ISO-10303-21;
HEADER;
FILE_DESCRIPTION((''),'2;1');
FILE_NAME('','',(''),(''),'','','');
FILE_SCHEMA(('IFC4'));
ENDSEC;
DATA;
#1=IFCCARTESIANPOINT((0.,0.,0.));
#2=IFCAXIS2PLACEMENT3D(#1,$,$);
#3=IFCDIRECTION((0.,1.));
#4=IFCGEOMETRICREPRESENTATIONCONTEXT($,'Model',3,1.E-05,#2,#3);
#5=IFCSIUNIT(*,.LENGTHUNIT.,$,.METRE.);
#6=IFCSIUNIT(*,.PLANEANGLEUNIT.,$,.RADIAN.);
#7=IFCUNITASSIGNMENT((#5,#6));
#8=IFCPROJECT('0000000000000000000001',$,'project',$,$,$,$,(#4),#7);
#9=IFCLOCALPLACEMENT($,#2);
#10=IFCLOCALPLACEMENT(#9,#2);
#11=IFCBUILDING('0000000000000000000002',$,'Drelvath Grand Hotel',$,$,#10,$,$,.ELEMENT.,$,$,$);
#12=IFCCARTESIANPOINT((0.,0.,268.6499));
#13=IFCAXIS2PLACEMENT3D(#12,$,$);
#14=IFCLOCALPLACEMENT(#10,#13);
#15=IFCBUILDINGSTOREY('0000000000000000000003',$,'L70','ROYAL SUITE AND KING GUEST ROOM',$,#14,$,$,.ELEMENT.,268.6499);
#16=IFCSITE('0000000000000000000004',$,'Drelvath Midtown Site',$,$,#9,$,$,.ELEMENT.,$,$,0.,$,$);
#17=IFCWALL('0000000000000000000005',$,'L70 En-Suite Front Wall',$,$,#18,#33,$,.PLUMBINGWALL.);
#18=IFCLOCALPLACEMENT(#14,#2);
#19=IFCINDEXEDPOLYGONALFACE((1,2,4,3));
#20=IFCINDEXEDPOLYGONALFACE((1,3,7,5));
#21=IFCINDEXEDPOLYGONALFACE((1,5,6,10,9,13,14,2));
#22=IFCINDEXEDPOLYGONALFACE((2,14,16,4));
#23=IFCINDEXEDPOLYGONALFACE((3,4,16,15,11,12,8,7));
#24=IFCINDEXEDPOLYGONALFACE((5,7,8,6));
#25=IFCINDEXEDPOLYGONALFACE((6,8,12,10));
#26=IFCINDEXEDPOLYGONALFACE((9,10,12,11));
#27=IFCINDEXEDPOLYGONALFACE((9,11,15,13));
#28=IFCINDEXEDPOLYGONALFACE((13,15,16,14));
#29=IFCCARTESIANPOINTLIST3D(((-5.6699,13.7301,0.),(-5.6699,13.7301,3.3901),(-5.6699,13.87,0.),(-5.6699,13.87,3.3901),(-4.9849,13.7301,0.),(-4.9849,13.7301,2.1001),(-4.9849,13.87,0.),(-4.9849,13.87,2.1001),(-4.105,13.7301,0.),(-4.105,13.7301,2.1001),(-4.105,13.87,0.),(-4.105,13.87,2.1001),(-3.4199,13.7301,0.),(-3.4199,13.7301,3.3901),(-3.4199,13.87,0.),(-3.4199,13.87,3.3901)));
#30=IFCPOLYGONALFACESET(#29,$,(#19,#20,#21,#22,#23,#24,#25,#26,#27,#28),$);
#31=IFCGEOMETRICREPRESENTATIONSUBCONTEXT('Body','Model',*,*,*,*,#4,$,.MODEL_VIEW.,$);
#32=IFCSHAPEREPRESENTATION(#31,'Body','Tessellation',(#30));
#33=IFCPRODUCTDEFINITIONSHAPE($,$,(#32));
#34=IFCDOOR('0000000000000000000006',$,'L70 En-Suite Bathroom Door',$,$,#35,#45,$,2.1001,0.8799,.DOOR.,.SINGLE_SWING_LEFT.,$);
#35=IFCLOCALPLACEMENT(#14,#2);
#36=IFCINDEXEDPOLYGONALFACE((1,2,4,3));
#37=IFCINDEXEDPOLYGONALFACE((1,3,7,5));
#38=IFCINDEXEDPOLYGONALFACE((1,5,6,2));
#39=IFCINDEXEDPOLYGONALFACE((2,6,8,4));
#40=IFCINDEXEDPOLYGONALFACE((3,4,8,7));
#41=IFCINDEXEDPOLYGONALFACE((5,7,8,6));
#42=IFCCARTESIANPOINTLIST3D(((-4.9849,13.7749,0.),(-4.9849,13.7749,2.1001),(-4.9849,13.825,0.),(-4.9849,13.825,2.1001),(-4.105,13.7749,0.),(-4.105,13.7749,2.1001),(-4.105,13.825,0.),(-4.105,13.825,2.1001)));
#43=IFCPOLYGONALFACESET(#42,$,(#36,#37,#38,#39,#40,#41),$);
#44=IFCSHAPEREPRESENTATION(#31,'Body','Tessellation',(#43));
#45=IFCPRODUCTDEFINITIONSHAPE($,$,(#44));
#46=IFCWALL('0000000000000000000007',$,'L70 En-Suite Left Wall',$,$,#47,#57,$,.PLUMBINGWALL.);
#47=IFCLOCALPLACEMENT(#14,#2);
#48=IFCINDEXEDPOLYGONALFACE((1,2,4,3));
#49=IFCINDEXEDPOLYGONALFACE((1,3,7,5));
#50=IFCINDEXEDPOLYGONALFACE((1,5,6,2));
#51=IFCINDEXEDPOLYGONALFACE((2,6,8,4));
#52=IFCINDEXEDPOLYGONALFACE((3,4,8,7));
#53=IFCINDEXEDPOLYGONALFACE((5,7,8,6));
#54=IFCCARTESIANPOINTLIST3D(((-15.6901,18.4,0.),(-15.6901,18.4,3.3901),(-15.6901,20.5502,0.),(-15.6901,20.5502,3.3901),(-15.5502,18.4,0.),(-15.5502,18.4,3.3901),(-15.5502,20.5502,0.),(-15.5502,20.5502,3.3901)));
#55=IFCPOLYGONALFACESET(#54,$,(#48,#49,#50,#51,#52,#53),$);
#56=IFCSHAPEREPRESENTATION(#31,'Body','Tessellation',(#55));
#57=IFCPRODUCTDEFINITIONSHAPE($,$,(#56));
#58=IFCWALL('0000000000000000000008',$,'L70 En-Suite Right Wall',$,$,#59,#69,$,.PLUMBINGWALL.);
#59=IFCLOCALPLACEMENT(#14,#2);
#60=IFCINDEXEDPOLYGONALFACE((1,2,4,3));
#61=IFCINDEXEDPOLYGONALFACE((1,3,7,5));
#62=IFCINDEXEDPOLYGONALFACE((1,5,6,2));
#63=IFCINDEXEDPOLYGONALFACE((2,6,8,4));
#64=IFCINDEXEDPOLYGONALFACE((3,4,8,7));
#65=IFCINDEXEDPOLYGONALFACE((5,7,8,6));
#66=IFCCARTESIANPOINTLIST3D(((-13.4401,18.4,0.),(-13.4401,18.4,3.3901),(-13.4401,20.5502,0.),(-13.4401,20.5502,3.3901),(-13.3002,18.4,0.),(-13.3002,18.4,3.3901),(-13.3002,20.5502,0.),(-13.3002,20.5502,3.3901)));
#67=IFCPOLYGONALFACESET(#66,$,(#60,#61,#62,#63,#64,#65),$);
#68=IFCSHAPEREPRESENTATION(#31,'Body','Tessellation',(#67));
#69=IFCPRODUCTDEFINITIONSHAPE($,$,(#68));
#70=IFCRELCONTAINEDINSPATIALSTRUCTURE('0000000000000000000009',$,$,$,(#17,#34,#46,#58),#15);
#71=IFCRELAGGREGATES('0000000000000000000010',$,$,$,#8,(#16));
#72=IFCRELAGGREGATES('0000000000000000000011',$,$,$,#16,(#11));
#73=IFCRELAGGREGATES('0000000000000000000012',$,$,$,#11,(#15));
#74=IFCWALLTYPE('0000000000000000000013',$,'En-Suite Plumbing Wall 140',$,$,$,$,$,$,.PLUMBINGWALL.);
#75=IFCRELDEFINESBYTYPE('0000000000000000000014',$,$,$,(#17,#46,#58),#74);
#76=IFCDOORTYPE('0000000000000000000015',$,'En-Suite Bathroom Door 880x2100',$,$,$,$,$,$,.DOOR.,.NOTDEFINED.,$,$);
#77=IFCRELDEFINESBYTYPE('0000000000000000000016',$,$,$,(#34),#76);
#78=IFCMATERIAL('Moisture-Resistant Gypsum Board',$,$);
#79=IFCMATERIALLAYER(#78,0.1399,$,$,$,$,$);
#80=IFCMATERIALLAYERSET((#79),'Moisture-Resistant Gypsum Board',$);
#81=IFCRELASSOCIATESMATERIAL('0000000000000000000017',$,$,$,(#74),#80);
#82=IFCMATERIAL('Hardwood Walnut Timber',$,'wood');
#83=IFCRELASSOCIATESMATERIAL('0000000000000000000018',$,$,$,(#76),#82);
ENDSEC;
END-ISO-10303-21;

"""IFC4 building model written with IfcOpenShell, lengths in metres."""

from ifc_helpers import new_model, si_unit, direction, frame, frame_2d, origin, place, context, subcontext, project, spatial, rectangle, extrude, material, layer, layer_set, type_object, element, fill, save


model = new_model("IFC4")

# Units and contexts
model_context = context("Model", 3, precision=1e-05, world=origin(), true_north=direction((0.0, 1.0)))
body_context = subcontext(model_context, "Body", "Model", "MODEL_VIEW")
ifc_project = project(units=[si_unit("LENGTHUNIT", "METRE"), si_unit("PLANEANGLEUNIT", "RADIAN")], contexts=[model_context])

# Site, building, storey
site_placement = place(None, origin())
site = spatial("IfcSite", under=ifc_project, at=site_placement, Name="Drelvath Midtown Site", CompositionType="ELEMENT", RefElevation=0.0)
building_placement = place(site_placement, origin())
building = spatial("IfcBuilding", under=site, at=building_placement, Name="Drelvath Grand Hotel", CompositionType="ELEMENT")
storey_placement = place(building_placement, frame((0.0, 0.0, 268.6499)))
storey = spatial("IfcBuildingStorey", under=building, at=storey_placement, Name="L70", Description="ROYAL SUITE AND KING GUEST ROOM", CompositionType="ELEMENT", Elevation=268.6499)

# Shared definitions
ifc_material_1 = material(Name="Hardwood Walnut Timber", Category="wood")

# Shared definitions
ifc_material_2 = material(Name="Moisture-Resistant Gypsum Board")
ifc_layer_1 = layer(ifc_material_2, 0.1399)
ifc_layer_set_1 = layer_set([ifc_layer_1], Name="Moisture-Resistant Gypsum Board")
wall_type_1 = type_object("IfcWallType", Name="En-Suite Plumbing Wall 140", PredefinedType="PLUMBINGWALL", material=ifc_layer_set_1)

# Shared definitions
door_type_1 = type_object("IfcDoorType", Name="En-Suite Bathroom Door 880x2100", OperationType="NOTDEFINED", PredefinedType="DOOR", material=ifc_material_1)

# Wall, opening, door
wall_1_placement = place(storey_placement, frame((-5.6699, 13.8, 0.0), z_axis=(0.0, 0.0, 1.0), x_axis=(1.0, 0.0, 0.0)))
wall_1 = element("IfcWall", 1, at=wall_1_placement, inside=storey, type_object=wall_type_1, Name="L70 En-Suite Front Wall", PredefinedType="PLUMBINGWALL", context=body_context, shape_type="SweptSolid", body=[
    extrude(rectangle(XDim=2.25, YDim=0.1399, at=frame_2d((1.125, 0.0))), origin(), (0.0, 0.0, 1.0), 3.3901),
])
opening_1_placement = place(wall_1_placement, frame((0.6851, 0.0, 0.0)))
opening_1 = element("IfcOpeningElement", 2, at=opening_1_placement, cuts=wall_1, PredefinedType="OPENING", context=body_context, shape_type="SweptSolid", body=[
    extrude(rectangle(XDim=0.8799, YDim=2.1001, at=frame_2d((0.4399, 1.05))), frame((0.0, 0.0798, 0.0), z_axis=(0.0, -1.0, 0.0), x_axis=(1.0, 0.0, 0.0)), (0.0, 0.0, 1.0), 0.1599),
])
door_1_placement = place(opening_1_placement, origin())
door_1 = element("IfcDoor", 3, at=door_1_placement, inside=storey, type_object=door_type_1, Name="L70 En-Suite Bathroom Door", OperationType="SINGLE_SWING_LEFT", OverallHeight=2.1001, OverallWidth=0.8799, PredefinedType="DOOR", context=body_context, shape_type="SweptSolid", body=[
    extrude(rectangle(XDim=0.8799, YDim=2.1001, at=frame_2d((0.4399, 1.05))), frame((0.0, 0.0249, 0.0), z_axis=(0.0, -1.0, 0.0), x_axis=(1.0, 0.0, 0.0)), (0.0, 0.0, 1.0), 0.05),
])
fill(opening_1, door_1)

# Walls
for number, where, z_axis, x_axis, name in (
    (4, (-15.6201, 18.3999, 0.0), (0.0, 0.0, 1.0), (0.0, 1.0, 0.0), "L70 En-Suite Left Wall"),
    (5, (-13.3701, 18.3999, 0.0), (0.0, 0.0, 1.0), (0.0, 1.0, 0.0), "L70 En-Suite Right Wall"),
):
    element("IfcWall", number, at=place(storey_placement, frame(where, z_axis=z_axis, x_axis=x_axis)), inside=storey, type_object=wall_type_1, Name=name, PredefinedType="PLUMBINGWALL", context=body_context, shape_type="SweptSolid", body=[
        extrude(rectangle(XDim=2.1501, YDim=0.1399, at=frame_2d((1.0752, 0.0))), origin(), (0.0, 0.0, 1.0), 3.3901),
    ])

save(model, "model.ifc")
